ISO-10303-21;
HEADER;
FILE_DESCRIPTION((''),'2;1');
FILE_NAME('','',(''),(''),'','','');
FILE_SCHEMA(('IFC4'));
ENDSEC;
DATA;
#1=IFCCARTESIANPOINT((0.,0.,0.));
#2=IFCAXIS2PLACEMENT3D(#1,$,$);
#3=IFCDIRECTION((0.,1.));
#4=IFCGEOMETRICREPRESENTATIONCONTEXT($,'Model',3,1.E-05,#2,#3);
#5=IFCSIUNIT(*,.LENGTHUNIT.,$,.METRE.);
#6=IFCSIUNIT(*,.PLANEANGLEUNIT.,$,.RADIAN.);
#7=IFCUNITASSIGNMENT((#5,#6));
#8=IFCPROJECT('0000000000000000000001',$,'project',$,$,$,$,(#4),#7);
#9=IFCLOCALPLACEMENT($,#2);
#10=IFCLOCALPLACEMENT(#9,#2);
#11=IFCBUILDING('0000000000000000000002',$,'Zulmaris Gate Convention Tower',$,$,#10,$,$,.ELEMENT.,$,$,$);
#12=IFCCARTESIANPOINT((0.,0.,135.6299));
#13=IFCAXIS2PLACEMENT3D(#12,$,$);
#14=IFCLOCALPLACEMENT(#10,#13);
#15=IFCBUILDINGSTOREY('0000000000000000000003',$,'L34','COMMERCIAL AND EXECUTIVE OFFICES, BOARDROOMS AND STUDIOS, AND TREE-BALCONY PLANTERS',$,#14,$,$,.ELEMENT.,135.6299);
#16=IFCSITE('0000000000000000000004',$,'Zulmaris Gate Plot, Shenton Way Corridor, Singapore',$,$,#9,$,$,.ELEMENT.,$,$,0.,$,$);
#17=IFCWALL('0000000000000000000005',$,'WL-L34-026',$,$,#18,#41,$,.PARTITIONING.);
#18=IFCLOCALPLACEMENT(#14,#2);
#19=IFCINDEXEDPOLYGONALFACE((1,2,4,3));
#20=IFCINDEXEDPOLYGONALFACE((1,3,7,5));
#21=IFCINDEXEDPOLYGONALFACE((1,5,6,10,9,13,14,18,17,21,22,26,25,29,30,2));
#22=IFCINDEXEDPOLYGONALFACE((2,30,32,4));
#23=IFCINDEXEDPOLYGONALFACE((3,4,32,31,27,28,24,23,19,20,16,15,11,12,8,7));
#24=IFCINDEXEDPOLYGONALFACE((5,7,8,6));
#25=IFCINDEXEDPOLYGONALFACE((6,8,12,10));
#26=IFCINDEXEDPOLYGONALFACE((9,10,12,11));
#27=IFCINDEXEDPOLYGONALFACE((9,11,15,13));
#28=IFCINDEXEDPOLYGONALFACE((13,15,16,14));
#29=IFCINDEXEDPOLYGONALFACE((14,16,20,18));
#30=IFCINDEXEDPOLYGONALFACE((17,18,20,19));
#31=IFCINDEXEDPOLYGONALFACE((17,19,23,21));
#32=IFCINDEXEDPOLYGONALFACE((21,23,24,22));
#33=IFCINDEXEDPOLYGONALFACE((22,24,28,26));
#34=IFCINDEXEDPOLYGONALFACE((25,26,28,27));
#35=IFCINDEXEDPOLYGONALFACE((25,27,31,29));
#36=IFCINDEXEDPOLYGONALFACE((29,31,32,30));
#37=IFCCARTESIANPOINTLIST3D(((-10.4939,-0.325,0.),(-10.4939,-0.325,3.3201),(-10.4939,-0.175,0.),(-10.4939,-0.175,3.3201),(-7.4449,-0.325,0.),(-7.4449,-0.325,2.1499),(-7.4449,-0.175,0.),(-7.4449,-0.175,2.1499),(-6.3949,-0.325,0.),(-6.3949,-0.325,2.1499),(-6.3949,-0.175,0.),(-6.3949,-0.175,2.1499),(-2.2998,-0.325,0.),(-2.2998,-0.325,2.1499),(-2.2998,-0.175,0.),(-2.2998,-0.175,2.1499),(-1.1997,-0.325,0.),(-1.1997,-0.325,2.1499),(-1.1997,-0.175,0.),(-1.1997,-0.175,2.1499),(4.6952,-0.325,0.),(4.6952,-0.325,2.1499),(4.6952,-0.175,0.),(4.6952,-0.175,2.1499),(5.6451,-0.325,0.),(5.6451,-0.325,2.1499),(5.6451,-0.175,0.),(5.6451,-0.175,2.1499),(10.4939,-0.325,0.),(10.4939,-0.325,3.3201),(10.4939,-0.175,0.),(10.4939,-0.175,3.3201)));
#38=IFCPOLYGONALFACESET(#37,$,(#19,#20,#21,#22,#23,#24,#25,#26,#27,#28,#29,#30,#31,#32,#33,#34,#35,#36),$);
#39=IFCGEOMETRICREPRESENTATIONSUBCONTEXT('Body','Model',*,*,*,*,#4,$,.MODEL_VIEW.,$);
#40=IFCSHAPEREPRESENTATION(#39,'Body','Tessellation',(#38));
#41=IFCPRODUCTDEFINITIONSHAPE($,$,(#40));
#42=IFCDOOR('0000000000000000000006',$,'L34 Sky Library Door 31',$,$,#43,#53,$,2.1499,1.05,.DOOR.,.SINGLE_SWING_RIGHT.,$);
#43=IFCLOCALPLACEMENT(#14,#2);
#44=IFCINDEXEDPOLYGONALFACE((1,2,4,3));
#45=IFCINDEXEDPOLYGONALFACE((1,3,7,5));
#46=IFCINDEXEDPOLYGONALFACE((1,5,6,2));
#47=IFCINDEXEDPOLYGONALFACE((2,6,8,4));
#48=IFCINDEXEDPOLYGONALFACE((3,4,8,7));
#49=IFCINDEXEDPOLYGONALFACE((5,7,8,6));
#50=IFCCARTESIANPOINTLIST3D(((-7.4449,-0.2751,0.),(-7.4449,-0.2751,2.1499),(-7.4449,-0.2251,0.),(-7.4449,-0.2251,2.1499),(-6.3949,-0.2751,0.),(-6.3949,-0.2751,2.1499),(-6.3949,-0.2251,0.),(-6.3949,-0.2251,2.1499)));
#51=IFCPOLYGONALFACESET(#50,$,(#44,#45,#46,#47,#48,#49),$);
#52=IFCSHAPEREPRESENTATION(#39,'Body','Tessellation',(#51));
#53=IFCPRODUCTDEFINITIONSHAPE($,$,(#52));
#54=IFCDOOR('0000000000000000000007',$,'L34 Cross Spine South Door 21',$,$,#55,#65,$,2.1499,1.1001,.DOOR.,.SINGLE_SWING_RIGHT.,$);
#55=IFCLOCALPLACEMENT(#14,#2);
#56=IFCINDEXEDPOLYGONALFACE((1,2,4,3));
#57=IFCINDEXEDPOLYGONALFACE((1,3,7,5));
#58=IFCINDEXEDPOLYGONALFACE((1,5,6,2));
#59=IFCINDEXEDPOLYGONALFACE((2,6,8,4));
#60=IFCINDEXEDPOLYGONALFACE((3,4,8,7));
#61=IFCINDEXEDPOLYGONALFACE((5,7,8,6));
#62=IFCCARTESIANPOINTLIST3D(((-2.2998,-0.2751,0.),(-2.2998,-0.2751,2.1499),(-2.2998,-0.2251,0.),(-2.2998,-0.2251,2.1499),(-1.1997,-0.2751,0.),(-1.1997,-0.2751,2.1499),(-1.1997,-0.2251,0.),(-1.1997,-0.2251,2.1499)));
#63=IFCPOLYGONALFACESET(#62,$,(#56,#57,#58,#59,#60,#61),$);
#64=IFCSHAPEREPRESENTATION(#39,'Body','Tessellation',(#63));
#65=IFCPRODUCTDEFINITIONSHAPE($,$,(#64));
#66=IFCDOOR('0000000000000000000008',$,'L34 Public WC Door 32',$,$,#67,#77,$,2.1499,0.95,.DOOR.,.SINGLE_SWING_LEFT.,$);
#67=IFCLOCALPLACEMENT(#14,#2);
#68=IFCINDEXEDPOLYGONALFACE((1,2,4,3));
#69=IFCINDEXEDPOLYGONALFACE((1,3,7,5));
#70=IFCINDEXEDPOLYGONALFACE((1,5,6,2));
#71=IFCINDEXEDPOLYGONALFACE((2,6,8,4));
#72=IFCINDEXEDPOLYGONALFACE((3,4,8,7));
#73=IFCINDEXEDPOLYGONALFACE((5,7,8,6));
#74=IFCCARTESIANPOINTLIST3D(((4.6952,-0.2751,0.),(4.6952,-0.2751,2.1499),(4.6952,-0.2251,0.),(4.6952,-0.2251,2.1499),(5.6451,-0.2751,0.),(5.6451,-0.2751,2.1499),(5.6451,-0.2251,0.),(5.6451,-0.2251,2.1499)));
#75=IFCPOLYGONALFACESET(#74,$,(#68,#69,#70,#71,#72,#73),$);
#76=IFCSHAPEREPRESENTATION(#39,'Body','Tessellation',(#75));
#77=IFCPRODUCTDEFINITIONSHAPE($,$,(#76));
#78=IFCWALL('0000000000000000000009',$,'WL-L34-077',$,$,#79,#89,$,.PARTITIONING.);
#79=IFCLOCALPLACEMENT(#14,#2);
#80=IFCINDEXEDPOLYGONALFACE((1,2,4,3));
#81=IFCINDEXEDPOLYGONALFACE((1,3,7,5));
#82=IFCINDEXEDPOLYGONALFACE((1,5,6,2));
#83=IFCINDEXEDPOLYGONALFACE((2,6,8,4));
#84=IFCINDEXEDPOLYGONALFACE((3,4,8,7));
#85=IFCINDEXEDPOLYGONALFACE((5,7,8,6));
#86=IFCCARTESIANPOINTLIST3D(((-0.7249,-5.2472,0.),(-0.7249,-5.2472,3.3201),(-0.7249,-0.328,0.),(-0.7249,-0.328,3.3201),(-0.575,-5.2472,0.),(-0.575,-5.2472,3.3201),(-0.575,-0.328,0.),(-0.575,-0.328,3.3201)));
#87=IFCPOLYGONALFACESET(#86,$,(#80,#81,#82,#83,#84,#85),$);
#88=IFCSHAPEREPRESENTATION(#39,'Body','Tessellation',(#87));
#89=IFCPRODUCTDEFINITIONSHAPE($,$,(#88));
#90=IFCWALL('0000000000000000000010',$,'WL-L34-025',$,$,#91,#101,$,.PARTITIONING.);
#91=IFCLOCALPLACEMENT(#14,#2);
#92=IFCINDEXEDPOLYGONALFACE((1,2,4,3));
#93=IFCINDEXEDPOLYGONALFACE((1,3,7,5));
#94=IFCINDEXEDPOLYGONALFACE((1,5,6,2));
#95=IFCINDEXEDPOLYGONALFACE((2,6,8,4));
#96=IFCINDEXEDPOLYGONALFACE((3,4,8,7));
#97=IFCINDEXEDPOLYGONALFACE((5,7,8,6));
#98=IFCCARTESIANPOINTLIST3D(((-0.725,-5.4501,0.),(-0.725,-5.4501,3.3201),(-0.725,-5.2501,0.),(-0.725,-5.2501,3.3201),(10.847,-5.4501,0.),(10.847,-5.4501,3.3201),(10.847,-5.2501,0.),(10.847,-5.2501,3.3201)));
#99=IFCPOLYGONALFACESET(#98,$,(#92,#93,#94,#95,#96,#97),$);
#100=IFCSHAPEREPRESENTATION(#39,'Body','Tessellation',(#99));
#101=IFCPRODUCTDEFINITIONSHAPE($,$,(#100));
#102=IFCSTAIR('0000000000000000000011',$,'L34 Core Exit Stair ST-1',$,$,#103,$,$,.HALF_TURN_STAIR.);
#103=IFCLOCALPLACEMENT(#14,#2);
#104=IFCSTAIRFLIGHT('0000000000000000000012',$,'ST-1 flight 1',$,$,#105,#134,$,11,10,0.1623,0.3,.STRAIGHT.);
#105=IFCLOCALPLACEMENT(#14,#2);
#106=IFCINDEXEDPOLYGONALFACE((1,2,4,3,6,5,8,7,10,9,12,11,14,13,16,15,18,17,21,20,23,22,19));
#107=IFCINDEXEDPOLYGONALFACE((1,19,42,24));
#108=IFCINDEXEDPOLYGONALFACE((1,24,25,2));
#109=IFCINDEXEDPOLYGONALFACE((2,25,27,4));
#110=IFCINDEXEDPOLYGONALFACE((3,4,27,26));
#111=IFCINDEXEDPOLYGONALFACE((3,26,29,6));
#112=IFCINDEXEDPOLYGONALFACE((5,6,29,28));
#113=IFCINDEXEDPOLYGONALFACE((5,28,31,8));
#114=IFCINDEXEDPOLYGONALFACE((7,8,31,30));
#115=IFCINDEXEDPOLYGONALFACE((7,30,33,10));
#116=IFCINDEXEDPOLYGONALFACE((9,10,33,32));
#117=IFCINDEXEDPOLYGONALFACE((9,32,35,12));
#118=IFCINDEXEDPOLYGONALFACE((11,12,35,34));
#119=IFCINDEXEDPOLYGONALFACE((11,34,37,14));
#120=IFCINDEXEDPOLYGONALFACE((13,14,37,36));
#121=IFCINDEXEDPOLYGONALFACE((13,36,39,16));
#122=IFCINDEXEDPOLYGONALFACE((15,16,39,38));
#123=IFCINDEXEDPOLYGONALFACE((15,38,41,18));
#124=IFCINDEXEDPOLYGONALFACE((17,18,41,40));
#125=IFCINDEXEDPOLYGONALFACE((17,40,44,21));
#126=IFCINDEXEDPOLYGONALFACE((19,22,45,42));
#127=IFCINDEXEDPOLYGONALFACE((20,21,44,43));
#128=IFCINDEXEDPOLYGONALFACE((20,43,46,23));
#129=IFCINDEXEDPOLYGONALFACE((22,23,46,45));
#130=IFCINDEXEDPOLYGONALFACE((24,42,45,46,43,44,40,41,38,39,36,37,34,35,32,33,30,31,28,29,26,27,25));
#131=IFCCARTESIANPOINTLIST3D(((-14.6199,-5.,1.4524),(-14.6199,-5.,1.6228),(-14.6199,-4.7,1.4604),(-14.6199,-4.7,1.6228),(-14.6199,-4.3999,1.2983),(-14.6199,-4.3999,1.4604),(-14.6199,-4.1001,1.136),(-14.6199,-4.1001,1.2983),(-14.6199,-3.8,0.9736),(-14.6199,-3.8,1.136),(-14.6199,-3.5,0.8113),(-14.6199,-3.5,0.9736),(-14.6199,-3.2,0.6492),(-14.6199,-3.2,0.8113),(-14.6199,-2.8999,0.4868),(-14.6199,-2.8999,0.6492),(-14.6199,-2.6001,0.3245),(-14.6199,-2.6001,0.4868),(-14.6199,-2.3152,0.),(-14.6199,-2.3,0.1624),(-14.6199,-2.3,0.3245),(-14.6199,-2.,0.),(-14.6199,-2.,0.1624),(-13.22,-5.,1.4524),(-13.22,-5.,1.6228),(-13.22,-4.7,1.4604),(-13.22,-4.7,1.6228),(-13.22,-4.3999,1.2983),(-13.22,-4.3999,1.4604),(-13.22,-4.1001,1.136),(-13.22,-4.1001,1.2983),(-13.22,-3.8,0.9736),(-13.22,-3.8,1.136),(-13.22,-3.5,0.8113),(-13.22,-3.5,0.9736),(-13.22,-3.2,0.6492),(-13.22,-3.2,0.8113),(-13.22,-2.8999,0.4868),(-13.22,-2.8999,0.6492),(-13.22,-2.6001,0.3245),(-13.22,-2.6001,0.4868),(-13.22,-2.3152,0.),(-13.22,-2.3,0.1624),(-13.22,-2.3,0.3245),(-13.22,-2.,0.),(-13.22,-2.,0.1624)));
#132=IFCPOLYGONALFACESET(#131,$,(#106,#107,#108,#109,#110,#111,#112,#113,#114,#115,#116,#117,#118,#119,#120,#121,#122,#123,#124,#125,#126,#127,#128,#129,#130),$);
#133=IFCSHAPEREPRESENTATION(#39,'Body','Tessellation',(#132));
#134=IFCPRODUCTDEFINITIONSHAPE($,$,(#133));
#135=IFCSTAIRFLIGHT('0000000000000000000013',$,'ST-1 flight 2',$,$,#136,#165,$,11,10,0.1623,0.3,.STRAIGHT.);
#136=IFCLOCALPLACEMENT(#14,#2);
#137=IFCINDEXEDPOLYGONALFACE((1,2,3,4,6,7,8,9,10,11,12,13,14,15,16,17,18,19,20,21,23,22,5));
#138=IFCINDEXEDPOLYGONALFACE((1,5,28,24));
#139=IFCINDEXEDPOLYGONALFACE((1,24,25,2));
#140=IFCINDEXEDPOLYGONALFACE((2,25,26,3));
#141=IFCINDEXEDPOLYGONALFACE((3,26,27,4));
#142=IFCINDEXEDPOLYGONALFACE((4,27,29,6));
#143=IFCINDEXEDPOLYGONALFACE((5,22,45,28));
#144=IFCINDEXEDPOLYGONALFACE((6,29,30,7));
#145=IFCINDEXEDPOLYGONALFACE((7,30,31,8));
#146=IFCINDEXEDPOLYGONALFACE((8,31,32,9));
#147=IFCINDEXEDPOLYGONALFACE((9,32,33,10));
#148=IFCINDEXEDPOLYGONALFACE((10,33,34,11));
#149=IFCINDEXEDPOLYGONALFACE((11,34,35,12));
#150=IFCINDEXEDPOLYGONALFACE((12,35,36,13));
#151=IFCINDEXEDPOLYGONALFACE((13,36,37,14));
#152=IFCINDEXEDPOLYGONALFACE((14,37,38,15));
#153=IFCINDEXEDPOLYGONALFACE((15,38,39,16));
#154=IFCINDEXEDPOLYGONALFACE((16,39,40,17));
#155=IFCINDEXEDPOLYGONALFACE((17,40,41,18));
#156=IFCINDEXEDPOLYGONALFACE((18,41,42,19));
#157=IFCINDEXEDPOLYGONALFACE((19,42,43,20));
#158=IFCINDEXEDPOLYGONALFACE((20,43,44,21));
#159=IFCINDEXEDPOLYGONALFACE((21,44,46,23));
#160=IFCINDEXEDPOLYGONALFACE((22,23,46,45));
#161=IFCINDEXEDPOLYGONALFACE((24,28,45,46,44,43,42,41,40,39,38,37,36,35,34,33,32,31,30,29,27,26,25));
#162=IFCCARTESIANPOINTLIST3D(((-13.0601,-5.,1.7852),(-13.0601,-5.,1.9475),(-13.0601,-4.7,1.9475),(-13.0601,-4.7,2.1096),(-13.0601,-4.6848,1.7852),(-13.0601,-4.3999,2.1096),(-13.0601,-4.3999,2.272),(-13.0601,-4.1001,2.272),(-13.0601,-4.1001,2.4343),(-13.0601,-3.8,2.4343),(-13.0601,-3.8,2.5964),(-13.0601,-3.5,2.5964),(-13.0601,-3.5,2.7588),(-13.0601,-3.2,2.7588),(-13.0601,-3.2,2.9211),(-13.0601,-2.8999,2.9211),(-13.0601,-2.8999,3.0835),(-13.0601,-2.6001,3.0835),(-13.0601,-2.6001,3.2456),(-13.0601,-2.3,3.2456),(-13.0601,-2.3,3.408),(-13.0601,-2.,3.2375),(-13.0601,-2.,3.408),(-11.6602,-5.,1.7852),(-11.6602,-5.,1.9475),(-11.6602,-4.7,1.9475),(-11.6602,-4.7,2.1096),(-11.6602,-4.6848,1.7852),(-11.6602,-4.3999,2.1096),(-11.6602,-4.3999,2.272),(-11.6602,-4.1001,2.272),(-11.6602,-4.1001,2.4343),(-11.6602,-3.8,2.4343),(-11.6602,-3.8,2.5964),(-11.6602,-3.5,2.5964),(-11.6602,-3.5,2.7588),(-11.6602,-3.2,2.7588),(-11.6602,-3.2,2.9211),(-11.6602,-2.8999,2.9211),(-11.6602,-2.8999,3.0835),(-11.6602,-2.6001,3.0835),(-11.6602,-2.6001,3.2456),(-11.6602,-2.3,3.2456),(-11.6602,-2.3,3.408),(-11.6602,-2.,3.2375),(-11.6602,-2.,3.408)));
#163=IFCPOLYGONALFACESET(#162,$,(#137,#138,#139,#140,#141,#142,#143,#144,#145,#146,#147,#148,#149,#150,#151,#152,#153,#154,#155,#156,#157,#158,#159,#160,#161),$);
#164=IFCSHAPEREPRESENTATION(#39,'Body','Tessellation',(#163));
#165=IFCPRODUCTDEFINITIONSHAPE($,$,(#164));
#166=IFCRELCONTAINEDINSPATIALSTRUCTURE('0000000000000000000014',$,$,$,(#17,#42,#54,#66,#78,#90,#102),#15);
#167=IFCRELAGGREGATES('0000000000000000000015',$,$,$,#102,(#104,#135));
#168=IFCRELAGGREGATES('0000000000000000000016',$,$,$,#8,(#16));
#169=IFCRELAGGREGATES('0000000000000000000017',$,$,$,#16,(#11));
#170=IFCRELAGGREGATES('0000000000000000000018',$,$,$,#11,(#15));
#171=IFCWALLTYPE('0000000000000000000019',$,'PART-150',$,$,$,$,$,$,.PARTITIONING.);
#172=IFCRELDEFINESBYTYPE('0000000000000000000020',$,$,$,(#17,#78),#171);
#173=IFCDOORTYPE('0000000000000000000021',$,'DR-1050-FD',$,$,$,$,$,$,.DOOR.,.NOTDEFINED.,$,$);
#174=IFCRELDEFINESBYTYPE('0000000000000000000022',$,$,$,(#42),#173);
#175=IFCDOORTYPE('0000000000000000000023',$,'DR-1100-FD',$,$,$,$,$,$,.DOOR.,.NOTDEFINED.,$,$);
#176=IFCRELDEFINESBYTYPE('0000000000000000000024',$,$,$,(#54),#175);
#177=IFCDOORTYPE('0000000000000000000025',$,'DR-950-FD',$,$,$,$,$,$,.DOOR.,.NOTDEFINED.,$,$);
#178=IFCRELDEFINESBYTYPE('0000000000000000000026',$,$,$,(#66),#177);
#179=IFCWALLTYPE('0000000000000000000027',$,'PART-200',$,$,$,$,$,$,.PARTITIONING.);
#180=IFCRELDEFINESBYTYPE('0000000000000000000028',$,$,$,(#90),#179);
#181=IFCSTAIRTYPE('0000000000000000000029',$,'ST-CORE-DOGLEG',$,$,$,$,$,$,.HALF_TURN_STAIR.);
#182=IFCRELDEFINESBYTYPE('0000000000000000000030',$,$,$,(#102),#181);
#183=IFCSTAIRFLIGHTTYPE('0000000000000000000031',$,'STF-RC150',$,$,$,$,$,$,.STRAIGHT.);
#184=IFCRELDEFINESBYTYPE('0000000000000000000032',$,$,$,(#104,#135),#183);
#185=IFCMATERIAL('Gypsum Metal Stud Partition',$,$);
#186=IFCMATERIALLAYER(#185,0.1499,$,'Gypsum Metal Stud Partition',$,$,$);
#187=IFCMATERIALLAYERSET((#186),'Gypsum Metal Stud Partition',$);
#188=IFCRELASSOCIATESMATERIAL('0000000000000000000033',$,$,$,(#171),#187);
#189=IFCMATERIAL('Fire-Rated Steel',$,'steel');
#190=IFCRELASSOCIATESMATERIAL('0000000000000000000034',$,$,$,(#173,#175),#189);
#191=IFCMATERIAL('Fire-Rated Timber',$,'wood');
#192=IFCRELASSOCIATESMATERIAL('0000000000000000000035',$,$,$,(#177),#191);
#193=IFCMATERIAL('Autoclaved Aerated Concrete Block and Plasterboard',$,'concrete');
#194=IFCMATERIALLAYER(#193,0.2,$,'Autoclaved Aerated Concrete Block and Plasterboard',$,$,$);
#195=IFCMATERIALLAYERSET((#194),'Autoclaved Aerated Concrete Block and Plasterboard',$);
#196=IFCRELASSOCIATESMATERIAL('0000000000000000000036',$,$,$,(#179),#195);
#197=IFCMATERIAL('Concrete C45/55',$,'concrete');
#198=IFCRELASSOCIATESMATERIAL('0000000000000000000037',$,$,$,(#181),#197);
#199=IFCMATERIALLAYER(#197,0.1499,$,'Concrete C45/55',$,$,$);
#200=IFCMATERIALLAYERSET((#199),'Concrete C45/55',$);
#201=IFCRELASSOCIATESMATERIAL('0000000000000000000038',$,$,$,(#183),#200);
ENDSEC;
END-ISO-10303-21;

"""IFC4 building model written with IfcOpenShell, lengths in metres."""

from ifc_helpers import new_model, si_unit, direction, frame, frame_2d, origin, place, context, subcontext, project, spatial, polyline, rectangle, outline, extrude, material, layer, layer_set, type_object, element, fill, aggregate, save


model = new_model("IFC4")

# Units and contexts
model_context = context("Model", 3, precision=1e-05, world=origin(), true_north=direction((0.0, 1.0)))
body_context = subcontext(model_context, "Body", "Model", "MODEL_VIEW")
ifc_project = project(units=[si_unit("LENGTHUNIT", "METRE"), si_unit("PLANEANGLEUNIT", "RADIAN")], contexts=[model_context])

# Site, building, storey
site_placement = place(None, origin())
site = spatial("IfcSite", under=ifc_project, at=site_placement, Name="Zulmaris Gate Plot, Shenton Way Corridor, Singapore", CompositionType="ELEMENT", RefElevation=0.0)
building_placement = place(site_placement, origin())
building = spatial("IfcBuilding", under=site, at=building_placement, Name="Zulmaris Gate Convention Tower", CompositionType="ELEMENT")
storey_placement = place(building_placement, frame((0.0, 0.0, 135.6299)))
storey = spatial("IfcBuildingStorey", under=building, at=storey_placement, Name="L34", Description="COMMERCIAL AND EXECUTIVE OFFICES, BOARDROOMS AND STUDIOS, AND TREE-BALCONY PLANTERS", CompositionType="ELEMENT", Elevation=135.6299)

# Wall, openings, doors
ifc_material_1 = material(Name="Gypsum Metal Stud Partition")
ifc_layer_1 = layer(ifc_material_1, 0.1499, Name="Gypsum Metal Stud Partition")
ifc_layer_set_1 = layer_set([ifc_layer_1], Name="Gypsum Metal Stud Partition")
wall_type_1 = type_object("IfcWallType", Name="PART-150", PredefinedType="PARTITIONING", material=ifc_layer_set_1)
wall_1_placement = place(storey_placement, frame((-10.4939, -0.25, 0.0), z_axis=(0.0, 0.0, 1.0), x_axis=(1.0, 0.0, 0.0)))
wall_1 = element("IfcWall", 1, at=wall_1_placement, inside=storey, type_object=wall_type_1, Name="WL-L34-026", PredefinedType="PARTITIONING", context=body_context, shape_type="SweptSolid", body=[
    extrude(rectangle(XDim=20.9878, YDim=0.1499, at=frame_2d((10.4939, 0.0))), origin(), (0.0, 0.0, 1.0), 3.3201),
])
opening_1_placement = place(wall_1_placement, frame((8.1941, 0.0, 0.0)))
opening_1 = element("IfcOpeningElement", 2, at=opening_1_placement, cuts=wall_1, PredefinedType="OPENING", context=body_context, shape_type="SweptSolid", body=[
    extrude(rectangle(XDim=1.1001, YDim=2.1499, at=frame_2d((0.55, 1.075))), frame((0.0, 0.085, 0.0), z_axis=(0.0, -1.0, 0.0), x_axis=(1.0, 0.0, 0.0)), (0.0, 0.0, 1.0), 0.1699),
])
opening_2_placement = place(wall_1_placement, frame((3.0491, 0.0, 0.0)))
opening_2 = element("IfcOpeningElement", 3, at=opening_2_placement, cuts=wall_1, PredefinedType="OPENING", context=body_context, shape_type="SweptSolid", body=[
    extrude(rectangle(XDim=1.05, YDim=2.1499, at=frame_2d((0.5249, 1.075))), frame((0.0, 0.085, 0.0), z_axis=(0.0, -1.0, 0.0), x_axis=(1.0, 0.0, 0.0)), (0.0, 0.0, 1.0), 0.1699),
])
opening_3_placement = place(wall_1_placement, frame((15.189, 0.0, 0.0)))
opening_3 = element("IfcOpeningElement", 4, at=opening_3_placement, cuts=wall_1, PredefinedType="OPENING", context=body_context, shape_type="SweptSolid", body=[
    extrude(rectangle(XDim=0.95, YDim=2.1499, at=frame_2d((0.4751, 1.075))), frame((0.0, 0.085, 0.0), z_axis=(0.0, -1.0, 0.0), x_axis=(1.0, 0.0, 0.0)), (0.0, 0.0, 1.0), 0.1699),
])
ifc_material_2 = material(Name="Fire-Rated Steel", Category="steel")
door_type_1 = type_object("IfcDoorType", Name="DR-1050-FD", OperationType="NOTDEFINED", PredefinedType="DOOR", material=ifc_material_2)
door_1_placement = place(opening_2_placement, origin())
door_1 = element("IfcDoor", 5, at=door_1_placement, inside=storey, type_object=door_type_1, Name="L34 Sky Library Door 31", OperationType="SINGLE_SWING_RIGHT", OverallHeight=2.1499, OverallWidth=1.05, PredefinedType="DOOR", context=body_context, shape_type="SweptSolid", body=[
    extrude(rectangle(XDim=1.05, YDim=2.1499, at=frame_2d((0.5249, 1.075))), frame((0.0, 0.0249, 0.0), z_axis=(0.0, -1.0, 0.0), x_axis=(1.0, 0.0, 0.0)), (0.0, 0.0, 1.0), 0.05),
])
fill(opening_2, door_1)
door_type_2 = type_object("IfcDoorType", Name="DR-1100-FD", OperationType="NOTDEFINED", PredefinedType="DOOR", material=ifc_material_2)
door_2_placement = place(opening_1_placement, origin())
door_2 = element("IfcDoor", 6, at=door_2_placement, inside=storey, type_object=door_type_2, Name="L34 Cross Spine South Door 21", OperationType="SINGLE_SWING_RIGHT", OverallHeight=2.1499, OverallWidth=1.1001, PredefinedType="DOOR", context=body_context, shape_type="SweptSolid", body=[
    extrude(rectangle(XDim=1.1001, YDim=2.1499, at=frame_2d((0.55, 1.075))), frame((0.0, 0.0249, 0.0), z_axis=(0.0, -1.0, 0.0), x_axis=(1.0, 0.0, 0.0)), (0.0, 0.0, 1.0), 0.05),
])
fill(opening_1, door_2)
ifc_material_3 = material(Name="Fire-Rated Timber", Category="wood")
door_type_3 = type_object("IfcDoorType", Name="DR-950-FD", OperationType="NOTDEFINED", PredefinedType="DOOR", material=ifc_material_3)
door_3_placement = place(opening_3_placement, origin())
door_3 = element("IfcDoor", 7, at=door_3_placement, inside=storey, type_object=door_type_3, Name="L34 Public WC Door 32", OperationType="SINGLE_SWING_LEFT", OverallHeight=2.1499, OverallWidth=0.95, PredefinedType="DOOR", context=body_context, shape_type="SweptSolid", body=[
    extrude(rectangle(XDim=0.95, YDim=2.1499, at=frame_2d((0.4751, 1.075))), frame((0.0, 0.0249, 0.0), z_axis=(0.0, -1.0, 0.0), x_axis=(1.0, 0.0, 0.0)), (0.0, 0.0, 1.0), 0.05),
])
fill(opening_3, door_3)

# Walls
wall_2_placement = place(storey_placement, frame((-0.6499, -5.2471, 0.0), z_axis=(0.0, 0.0, 1.0), x_axis=(0.0, 1.0, 0.0)))
element("IfcWall", 8, at=wall_2_placement, inside=storey, type_object=wall_type_1, Name="WL-L34-077", PredefinedType="PARTITIONING", context=body_context, shape_type="SweptSolid", body=[
    extrude(rectangle(XDim=4.9192, YDim=0.1499, at=frame_2d((2.4595, 0.0))), origin(), (0.0, 0.0, 1.0), 3.3201),
])
ifc_material_4 = material(Name="Autoclaved Aerated Concrete Block and Plasterboard", Category="concrete")
ifc_layer_2 = layer(ifc_material_4, 0.2, Name="Autoclaved Aerated Concrete Block and Plasterboard")
ifc_layer_set_2 = layer_set([ifc_layer_2], Name="Autoclaved Aerated Concrete Block and Plasterboard")
wall_type_2 = type_object("IfcWallType", Name="PART-200", PredefinedType="PARTITIONING", material=ifc_layer_set_2)
wall_3_placement = place(storey_placement, frame((-0.7251, -5.3501, 0.0), z_axis=(0.0, 0.0, 1.0), x_axis=(1.0, 0.0, 0.0)))
element("IfcWall", 9, at=wall_3_placement, inside=storey, type_object=wall_type_2, Name="WL-L34-025", PredefinedType="PARTITIONING", context=body_context, shape_type="SweptSolid", body=[
    extrude(rectangle(XDim=11.572, YDim=0.2, at=frame_2d((5.7861, 0.0))), origin(), (0.0, 0.0, 1.0), 3.3201),
])

# Stair, stair flights
ifc_material_5 = material(Name="Concrete C45/55", Category="concrete")
stair_type = type_object("IfcStairType", Name="ST-CORE-DOGLEG", PredefinedType="HALF_TURN_STAIR", material=ifc_material_5)
stair_1_placement = place(storey_placement, origin())
stair_1 = element("IfcStair", 10, at=stair_1_placement, inside=storey, type_object=stair_type, Name="L34 Core Exit Stair ST-1", PredefinedType="HALF_TURN_STAIR")
ifc_layer_3 = layer(ifc_material_5, 0.1499, Name="Concrete C45/55")
ifc_layer_set_3 = layer_set([ifc_layer_3], Name="Concrete C45/55")
stair_flight_type = type_object("IfcStairFlightType", Name="STF-RC150", PredefinedType="STRAIGHT", material=ifc_layer_set_3)
stair_flight_1_placement = place(storey_placement, frame((-13.9199, -2.0, 0.0), z_axis=(0.0, 0.0, 1.0), x_axis=(0.0, -1.0, 0.0)))
stair_flight_1 = element("IfcStairFlight", 11, at=stair_flight_1_placement, type_object=stair_flight_type, Name="ST-1 flight 1", NumberOfRisers=11, NumberOfTreads=10, PredefinedType="STRAIGHT", RiserHeight=0.1623, TreadLength=0.3, context=body_context, shape_type="SweptSolid", body=[
    extrude(outline(polyline([(0.0, 0.0), (0.0, 0.1624), (0.3, 0.1624), (0.3, 0.3245), (0.6001, 0.3245), (0.6001, 0.4868), (0.8999, 0.4868), (0.8999, 0.6492), (1.2, 0.6492), (1.2, 0.8113), (1.5, 0.8113), (1.5, 0.9736), (1.8, 0.9736), (1.8, 1.136), (2.1001, 1.136), (2.1001, 1.2983), (2.3999, 1.2983), (2.3999, 1.4604), (2.7, 1.4604), (2.7, 1.6228), (3.0, 1.6228), (3.0, 1.7852), (3.0, 1.4524), (0.3152, 0.0), (0.0, 0.0)])), frame((0.0, 0.7, 0.0), z_axis=(0.0, -1.0, 0.0), x_axis=(1.0, 0.0, 0.0)), (0.0, 0.0, 1.0), 1.3999),
])
stair_flight_2_placement = place(storey_placement, frame((-12.3601, -5.0, 1.7852), z_axis=(0.0, 0.0, 1.0), x_axis=(0.0, 1.0, 0.0)))
stair_flight_2 = element("IfcStairFlight", 12, at=stair_flight_2_placement, type_object=stair_flight_type, Name="ST-1 flight 2", NumberOfRisers=11, NumberOfTreads=10, PredefinedType="STRAIGHT", RiserHeight=0.1623, TreadLength=0.3, context=body_context, shape_type="SweptSolid", body=[
    extrude(outline(polyline([(0.0, 0.0), (0.0, 0.1624), (0.3, 0.1624), (0.3, 0.3245), (0.6001, 0.3245), (0.6001, 0.4868), (0.8999, 0.4868), (0.8999, 0.6492), (1.2, 0.6492), (1.2, 0.8113), (1.5, 0.8113), (1.5, 0.9736), (1.8, 0.9736), (1.8, 1.136), (2.1001, 1.136), (2.1001, 1.2983), (2.3999, 1.2983), (2.3999, 1.4604), (2.7, 1.4604), (2.7, 1.6228), (3.0, 1.6228), (3.0, 1.7852), (3.0, 1.4524), (0.3152, 0.0), (0.0, 0.0)])), frame((0.0, 0.7, 0.0), z_axis=(0.0, -1.0, 0.0), x_axis=(1.0, 0.0, 0.0)), (0.0, 0.0, 1.0), 1.3999),
])
aggregate(stair_1, [stair_flight_1, stair_flight_2])

save(model, "model.ifc")
